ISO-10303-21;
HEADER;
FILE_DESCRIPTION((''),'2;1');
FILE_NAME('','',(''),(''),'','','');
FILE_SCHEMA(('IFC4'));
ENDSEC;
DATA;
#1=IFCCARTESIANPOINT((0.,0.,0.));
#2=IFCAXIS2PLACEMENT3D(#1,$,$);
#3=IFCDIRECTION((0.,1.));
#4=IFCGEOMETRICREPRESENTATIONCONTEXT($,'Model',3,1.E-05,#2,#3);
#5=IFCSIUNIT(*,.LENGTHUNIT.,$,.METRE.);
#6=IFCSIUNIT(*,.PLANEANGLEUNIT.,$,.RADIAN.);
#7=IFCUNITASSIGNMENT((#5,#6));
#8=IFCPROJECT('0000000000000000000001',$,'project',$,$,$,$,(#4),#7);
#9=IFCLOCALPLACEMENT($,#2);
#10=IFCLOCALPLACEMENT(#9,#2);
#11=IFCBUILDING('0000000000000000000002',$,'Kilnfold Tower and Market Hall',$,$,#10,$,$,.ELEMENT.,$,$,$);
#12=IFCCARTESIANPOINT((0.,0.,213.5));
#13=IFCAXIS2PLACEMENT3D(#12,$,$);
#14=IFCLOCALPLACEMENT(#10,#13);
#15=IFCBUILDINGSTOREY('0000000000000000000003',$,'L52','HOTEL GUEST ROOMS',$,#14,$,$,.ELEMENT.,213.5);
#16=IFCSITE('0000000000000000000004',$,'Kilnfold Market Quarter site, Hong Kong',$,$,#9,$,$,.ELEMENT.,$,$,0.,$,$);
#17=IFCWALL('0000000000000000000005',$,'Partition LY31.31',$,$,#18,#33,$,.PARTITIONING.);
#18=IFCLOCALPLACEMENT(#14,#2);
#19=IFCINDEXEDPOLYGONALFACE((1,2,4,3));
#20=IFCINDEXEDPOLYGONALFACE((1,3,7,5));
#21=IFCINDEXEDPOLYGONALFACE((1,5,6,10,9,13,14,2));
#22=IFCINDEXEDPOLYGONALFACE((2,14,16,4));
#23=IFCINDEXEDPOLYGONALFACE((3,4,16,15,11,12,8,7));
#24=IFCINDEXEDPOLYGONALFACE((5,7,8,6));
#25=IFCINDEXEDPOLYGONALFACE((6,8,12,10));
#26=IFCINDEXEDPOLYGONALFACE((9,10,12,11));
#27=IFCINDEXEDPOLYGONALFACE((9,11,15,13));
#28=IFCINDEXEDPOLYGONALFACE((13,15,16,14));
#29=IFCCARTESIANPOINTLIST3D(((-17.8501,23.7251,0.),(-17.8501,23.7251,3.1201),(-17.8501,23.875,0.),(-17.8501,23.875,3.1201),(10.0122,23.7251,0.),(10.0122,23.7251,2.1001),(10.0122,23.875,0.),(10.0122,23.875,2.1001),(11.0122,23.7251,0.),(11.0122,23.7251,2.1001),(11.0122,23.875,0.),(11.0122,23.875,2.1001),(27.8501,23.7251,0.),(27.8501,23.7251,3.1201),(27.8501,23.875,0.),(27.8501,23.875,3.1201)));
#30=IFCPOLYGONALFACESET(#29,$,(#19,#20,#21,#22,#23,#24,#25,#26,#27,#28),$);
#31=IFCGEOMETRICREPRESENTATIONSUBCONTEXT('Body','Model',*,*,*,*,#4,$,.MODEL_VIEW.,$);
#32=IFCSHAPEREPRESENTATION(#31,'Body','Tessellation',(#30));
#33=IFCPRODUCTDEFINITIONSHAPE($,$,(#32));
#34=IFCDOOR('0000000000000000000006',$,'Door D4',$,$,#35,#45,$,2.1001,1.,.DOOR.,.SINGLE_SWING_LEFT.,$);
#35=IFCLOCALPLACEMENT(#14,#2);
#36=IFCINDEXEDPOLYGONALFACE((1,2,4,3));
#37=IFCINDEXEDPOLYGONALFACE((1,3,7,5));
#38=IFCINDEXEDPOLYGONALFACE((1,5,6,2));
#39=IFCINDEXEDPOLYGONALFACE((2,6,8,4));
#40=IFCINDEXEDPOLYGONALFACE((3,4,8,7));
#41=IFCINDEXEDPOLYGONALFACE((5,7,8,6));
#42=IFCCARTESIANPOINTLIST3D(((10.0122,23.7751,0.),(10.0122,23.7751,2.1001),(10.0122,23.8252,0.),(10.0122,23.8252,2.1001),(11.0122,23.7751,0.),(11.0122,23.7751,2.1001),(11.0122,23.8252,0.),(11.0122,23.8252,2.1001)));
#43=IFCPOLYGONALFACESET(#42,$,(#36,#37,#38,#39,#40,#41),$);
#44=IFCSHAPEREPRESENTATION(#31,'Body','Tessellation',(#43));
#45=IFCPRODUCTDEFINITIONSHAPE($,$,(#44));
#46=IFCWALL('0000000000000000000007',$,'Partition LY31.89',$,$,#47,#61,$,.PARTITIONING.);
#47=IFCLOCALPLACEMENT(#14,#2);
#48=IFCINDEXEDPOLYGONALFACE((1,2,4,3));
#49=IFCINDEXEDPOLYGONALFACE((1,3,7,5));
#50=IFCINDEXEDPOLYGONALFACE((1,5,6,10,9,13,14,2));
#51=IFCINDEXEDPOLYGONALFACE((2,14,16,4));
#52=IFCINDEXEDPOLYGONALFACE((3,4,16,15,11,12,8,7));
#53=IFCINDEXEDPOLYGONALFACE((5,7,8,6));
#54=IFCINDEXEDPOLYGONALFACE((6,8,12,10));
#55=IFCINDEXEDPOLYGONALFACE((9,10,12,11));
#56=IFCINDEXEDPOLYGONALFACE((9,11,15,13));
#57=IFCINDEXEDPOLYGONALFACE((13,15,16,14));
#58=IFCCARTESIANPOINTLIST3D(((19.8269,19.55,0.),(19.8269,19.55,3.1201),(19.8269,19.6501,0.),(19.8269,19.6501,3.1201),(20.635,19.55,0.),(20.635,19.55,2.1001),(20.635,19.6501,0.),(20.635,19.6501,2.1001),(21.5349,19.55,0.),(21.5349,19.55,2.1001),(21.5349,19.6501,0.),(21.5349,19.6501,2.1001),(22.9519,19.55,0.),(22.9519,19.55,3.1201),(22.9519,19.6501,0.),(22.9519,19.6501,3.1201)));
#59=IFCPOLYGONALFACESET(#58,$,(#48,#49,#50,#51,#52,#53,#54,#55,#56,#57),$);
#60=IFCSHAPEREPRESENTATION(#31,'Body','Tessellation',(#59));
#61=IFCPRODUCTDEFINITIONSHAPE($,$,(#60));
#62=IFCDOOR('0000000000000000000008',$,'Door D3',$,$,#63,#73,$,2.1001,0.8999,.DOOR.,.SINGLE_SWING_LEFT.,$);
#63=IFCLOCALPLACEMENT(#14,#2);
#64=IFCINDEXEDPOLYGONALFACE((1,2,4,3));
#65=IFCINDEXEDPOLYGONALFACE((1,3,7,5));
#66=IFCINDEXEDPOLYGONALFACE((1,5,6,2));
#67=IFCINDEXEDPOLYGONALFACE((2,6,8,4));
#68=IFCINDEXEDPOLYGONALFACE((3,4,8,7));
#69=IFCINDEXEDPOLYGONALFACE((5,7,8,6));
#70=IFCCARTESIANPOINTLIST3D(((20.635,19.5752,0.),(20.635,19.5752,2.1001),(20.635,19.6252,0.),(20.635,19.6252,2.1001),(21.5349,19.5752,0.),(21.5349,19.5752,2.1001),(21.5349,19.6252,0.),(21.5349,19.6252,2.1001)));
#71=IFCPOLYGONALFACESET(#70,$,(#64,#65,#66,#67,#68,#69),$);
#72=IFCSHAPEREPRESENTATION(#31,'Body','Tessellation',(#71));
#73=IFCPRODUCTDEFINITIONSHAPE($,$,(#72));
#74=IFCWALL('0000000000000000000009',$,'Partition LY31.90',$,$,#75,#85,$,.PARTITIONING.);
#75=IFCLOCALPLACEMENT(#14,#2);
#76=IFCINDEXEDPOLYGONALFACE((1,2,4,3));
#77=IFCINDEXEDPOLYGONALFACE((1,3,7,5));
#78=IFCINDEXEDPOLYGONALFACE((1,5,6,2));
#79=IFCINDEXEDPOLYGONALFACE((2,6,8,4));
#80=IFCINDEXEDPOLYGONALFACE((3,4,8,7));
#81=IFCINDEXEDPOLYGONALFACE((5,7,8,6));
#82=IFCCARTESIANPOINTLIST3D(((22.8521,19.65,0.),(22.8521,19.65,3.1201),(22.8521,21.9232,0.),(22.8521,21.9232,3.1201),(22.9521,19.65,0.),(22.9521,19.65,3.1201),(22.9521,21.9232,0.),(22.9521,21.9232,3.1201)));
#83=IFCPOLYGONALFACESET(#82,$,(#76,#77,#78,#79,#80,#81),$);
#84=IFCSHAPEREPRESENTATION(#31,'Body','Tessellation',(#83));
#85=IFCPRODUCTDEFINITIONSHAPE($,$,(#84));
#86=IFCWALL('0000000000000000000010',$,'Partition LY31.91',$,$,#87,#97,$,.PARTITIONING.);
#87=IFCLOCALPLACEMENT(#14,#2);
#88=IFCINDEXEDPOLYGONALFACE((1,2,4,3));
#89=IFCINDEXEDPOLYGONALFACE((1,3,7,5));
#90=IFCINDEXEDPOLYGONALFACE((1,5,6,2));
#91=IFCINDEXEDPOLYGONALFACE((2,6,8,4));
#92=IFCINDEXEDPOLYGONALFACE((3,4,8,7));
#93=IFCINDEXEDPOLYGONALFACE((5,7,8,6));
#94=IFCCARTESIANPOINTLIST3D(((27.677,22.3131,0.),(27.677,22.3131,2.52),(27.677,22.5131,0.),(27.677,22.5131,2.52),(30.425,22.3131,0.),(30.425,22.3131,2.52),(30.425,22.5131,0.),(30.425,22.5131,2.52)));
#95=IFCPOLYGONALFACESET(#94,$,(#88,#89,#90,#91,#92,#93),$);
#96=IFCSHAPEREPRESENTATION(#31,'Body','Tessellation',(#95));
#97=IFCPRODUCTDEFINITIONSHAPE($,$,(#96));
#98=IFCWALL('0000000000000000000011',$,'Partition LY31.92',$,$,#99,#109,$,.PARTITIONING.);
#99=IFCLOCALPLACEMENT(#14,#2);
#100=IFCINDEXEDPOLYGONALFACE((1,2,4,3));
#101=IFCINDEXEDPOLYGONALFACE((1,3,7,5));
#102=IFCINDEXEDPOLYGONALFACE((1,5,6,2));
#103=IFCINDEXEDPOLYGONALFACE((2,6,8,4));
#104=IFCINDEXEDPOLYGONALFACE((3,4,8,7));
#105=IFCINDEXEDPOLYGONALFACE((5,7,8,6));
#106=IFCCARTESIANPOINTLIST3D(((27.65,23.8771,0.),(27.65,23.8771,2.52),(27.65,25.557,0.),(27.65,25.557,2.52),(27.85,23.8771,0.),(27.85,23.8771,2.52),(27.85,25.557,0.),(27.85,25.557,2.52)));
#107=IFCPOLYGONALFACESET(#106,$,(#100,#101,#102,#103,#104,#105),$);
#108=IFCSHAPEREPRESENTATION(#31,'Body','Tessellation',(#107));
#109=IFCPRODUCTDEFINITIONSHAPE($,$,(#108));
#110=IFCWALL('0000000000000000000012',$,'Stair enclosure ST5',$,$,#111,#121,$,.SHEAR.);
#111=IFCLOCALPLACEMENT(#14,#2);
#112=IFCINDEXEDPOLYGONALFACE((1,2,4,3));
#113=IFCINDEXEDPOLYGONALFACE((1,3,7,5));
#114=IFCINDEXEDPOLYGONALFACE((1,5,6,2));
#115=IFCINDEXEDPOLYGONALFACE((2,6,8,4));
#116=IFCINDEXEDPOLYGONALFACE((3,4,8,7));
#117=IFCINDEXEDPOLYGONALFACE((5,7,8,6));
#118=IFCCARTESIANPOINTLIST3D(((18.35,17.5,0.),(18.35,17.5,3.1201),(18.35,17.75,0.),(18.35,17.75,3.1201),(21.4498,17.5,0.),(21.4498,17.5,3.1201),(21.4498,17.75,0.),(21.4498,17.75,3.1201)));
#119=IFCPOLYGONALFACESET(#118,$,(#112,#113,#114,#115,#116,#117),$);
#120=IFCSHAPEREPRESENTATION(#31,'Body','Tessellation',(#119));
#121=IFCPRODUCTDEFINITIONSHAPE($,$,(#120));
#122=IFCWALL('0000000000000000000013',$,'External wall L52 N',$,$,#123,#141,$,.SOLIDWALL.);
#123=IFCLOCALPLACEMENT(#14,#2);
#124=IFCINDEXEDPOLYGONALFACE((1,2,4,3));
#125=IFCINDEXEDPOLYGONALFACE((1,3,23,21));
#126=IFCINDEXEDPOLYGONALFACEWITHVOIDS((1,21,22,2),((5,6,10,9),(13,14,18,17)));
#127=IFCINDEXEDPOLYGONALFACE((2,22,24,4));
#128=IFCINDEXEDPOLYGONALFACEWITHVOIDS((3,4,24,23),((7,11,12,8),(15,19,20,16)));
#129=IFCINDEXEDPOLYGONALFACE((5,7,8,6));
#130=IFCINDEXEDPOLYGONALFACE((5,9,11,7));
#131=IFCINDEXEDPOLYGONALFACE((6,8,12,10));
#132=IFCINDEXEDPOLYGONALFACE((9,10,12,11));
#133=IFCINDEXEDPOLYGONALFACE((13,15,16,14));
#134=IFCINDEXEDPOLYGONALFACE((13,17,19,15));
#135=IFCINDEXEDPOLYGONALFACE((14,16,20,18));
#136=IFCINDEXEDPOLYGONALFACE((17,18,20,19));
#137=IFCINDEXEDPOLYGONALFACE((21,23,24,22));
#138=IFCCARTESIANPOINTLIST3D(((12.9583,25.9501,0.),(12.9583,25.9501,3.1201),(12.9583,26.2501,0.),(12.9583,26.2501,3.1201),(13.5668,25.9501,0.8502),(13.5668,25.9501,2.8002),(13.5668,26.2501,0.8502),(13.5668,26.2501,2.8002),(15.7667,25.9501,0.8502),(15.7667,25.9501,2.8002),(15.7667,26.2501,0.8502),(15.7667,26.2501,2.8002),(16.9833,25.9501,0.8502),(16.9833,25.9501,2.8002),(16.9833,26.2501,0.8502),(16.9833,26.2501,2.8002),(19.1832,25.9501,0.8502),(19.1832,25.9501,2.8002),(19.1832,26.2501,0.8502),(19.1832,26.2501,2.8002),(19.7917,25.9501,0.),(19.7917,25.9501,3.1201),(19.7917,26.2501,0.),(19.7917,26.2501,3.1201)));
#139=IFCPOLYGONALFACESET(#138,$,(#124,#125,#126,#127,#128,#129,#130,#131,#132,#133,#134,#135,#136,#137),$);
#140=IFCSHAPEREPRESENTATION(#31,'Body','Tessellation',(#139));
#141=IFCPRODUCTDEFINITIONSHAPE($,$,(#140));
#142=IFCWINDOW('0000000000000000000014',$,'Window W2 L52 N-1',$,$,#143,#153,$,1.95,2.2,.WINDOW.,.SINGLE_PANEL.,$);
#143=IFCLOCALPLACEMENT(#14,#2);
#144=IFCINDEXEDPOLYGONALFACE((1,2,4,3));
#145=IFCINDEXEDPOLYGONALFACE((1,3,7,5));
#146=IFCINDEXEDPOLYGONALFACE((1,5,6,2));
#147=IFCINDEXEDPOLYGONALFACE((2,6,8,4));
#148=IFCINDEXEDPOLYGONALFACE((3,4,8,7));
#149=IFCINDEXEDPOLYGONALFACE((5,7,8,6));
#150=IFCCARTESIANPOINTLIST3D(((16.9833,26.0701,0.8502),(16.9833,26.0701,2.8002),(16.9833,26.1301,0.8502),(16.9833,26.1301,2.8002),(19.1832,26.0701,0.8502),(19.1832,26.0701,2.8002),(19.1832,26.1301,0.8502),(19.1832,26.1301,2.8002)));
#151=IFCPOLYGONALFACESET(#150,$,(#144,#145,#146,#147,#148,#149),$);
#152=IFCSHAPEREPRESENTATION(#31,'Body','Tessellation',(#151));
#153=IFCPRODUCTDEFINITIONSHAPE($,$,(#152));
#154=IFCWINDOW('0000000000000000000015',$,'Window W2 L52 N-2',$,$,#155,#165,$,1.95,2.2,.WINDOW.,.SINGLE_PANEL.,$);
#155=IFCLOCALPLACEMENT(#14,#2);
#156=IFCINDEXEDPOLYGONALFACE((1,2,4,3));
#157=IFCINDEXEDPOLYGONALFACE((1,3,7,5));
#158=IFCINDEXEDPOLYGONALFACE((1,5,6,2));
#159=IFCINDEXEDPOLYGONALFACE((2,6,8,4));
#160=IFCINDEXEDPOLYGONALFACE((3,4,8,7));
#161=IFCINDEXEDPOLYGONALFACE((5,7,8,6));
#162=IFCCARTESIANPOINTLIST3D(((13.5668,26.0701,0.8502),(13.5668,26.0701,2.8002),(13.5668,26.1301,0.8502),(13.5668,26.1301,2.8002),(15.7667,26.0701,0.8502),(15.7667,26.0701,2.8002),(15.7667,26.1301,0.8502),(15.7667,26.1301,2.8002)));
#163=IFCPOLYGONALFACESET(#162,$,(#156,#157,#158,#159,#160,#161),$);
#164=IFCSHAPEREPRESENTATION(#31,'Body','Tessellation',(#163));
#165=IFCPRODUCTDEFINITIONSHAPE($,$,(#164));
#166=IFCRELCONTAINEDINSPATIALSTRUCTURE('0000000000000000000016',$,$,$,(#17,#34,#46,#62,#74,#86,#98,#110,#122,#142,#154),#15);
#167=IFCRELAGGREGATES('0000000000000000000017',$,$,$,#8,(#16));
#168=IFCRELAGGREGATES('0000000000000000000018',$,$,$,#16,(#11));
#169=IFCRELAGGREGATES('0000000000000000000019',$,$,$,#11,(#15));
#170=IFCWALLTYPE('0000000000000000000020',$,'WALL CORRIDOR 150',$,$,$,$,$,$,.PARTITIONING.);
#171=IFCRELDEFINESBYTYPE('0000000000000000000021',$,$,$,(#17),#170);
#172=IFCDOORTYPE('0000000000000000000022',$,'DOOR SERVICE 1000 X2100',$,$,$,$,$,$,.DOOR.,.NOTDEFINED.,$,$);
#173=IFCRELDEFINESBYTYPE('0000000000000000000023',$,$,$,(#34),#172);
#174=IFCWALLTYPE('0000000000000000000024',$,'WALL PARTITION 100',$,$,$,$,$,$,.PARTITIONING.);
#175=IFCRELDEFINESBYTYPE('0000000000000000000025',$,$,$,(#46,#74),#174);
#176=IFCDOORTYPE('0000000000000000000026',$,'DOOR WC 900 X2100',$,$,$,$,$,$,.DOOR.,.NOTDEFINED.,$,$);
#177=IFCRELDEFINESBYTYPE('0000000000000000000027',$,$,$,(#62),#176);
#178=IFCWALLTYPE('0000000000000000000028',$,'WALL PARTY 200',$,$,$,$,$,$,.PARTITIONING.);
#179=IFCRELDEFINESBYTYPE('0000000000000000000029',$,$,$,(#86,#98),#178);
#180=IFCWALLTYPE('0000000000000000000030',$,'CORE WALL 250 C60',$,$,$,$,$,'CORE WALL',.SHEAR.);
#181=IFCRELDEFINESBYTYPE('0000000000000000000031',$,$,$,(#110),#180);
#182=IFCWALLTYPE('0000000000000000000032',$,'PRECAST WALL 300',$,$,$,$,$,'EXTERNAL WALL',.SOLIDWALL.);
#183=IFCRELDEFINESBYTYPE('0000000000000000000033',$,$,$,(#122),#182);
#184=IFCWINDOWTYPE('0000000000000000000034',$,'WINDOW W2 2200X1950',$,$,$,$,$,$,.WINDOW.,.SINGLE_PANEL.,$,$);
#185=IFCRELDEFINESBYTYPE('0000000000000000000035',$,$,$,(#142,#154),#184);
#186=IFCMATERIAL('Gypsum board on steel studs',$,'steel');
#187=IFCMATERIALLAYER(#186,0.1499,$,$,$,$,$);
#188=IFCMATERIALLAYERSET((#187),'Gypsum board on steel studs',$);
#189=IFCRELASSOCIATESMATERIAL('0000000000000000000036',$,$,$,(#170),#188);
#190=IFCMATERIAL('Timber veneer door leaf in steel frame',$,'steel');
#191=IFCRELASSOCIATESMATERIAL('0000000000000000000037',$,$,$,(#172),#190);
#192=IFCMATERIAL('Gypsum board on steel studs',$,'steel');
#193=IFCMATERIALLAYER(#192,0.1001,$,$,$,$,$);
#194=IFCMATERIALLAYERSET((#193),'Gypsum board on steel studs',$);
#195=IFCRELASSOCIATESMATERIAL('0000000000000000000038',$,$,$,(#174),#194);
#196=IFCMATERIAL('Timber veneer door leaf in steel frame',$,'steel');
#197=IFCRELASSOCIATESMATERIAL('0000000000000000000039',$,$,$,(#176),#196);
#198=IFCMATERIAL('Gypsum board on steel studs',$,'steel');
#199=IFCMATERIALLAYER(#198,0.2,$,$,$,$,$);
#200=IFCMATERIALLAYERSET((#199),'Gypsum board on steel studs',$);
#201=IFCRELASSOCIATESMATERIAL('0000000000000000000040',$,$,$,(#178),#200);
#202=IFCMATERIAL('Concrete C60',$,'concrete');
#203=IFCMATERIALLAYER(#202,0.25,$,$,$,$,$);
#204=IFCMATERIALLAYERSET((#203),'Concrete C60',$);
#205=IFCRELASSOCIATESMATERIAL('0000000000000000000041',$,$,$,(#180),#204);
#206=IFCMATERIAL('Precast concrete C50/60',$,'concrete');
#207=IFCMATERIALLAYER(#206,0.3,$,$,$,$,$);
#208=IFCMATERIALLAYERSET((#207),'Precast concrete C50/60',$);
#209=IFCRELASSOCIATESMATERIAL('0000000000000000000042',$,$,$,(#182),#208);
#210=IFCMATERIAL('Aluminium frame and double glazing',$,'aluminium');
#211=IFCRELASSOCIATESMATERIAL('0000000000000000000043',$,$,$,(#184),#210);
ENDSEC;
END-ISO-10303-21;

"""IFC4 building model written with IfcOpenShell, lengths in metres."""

from ifc_helpers import new_model, si_unit, direction, frame, frame_2d, origin, place, context, subcontext, project, spatial, rectangle, extrude, source, transform, mapped, material, layer, layer_set, type_object, element, fill, save


model = new_model("IFC4")

# Units and contexts
model_context = context("Model", 3, precision=1e-05, world=origin(), true_north=direction((0.0, 1.0)))
body_context = subcontext(model_context, "Body", "Model", "MODEL_VIEW")
ifc_project = project(units=[si_unit("LENGTHUNIT", "METRE"), si_unit("PLANEANGLEUNIT", "RADIAN")], contexts=[model_context])

# Site, building, storey
site_placement = place(None, origin())
site = spatial("IfcSite", under=ifc_project, at=site_placement, Name="Kilnfold Market Quarter site, Hong Kong", CompositionType="ELEMENT", RefElevation=0.0)
building_placement = place(site_placement, origin())
building = spatial("IfcBuilding", under=site, at=building_placement, Name="Kilnfold Tower and Market Hall", CompositionType="ELEMENT")
storey_placement = place(building_placement, frame((0.0, 0.0, 213.5)))
storey = spatial("IfcBuildingStorey", under=building, at=storey_placement, Name="L52", Description="HOTEL GUEST ROOMS", CompositionType="ELEMENT", Elevation=213.5)

# Shared definitions
ifc_material_1 = material(Name="Gypsum board on steel studs", Category="steel")
ifc_layer_1 = layer(ifc_material_1, 0.1499)
ifc_layer_set_1 = layer_set([ifc_layer_1], Name="Gypsum board on steel studs")
wall_type_1 = type_object("IfcWallType", Name="WALL CORRIDOR 150", PredefinedType="PARTITIONING", material=ifc_layer_set_1)

# Walls, openings, doors
wall_1_placement = place(storey_placement, frame((27.8501, 23.8, 0.0), z_axis=(0.0, 0.0, 1.0), x_axis=(-1.0, 0.0, 0.0)))
wall_1 = element("IfcWall", 1, at=wall_1_placement, inside=storey, type_object=wall_type_1, Name="Partition LY31.31", PredefinedType="PARTITIONING", context=body_context, shape_type="SweptSolid", body=[
    extrude(rectangle(XDim=45.7002, YDim=0.1499, at=frame_2d((22.8501, 0.0))), origin(), (0.0, 0.0, 1.0), 3.1201),
])
opening_1_placement = place(wall_1_placement, frame((16.8379, 0.0, 0.0)))
opening_1 = element("IfcOpeningElement", 2, at=opening_1_placement, cuts=wall_1, PredefinedType="OPENING", context=body_context, shape_type="SweptSolid", body=[
    extrude(rectangle(XDim=1.0, YDim=2.1001, at=frame_2d((0.5, 1.05))), frame((0.0, 0.085, 0.0), z_axis=(0.0, -1.0, 0.0), x_axis=(1.0, 0.0, 0.0)), (0.0, 0.0, 1.0), 0.1699),
])
ifc_material_2 = material(Name="Timber veneer door leaf in steel frame", Category="steel")
door_type_1 = type_object("IfcDoorType", Name="DOOR SERVICE 1000 X2100", OperationType="NOTDEFINED", PredefinedType="DOOR", material=ifc_material_2)
door_1_placement = place(opening_1_placement, origin())
door_1 = element("IfcDoor", 3, at=door_1_placement, inside=storey, type_object=door_type_1, Name="Door D4", OperationType="SINGLE_SWING_LEFT", OverallHeight=2.1001, OverallWidth=1.0, PredefinedType="DOOR", context=body_context, shape_type="SweptSolid", body=[
    extrude(rectangle(XDim=1.0, YDim=2.1001, at=frame_2d((0.5, 1.05))), frame((0.0, 0.0249, 0.0), z_axis=(0.0, -1.0, 0.0), x_axis=(1.0, 0.0, 0.0)), (0.0, 0.0, 1.0), 0.05),
])
fill(opening_1, door_1)
ifc_material_3 = material(Name="Gypsum board on steel studs", Category="steel")
ifc_layer_2 = layer(ifc_material_3, 0.1001)
ifc_layer_set_2 = layer_set([ifc_layer_2], Name="Gypsum board on steel studs")
wall_type_2 = type_object("IfcWallType", Name="WALL PARTITION 100", PredefinedType="PARTITIONING", material=ifc_layer_set_2)
wall_2_placement = place(storey_placement, frame((22.9519, 19.6001, 0.0), z_axis=(0.0, 0.0, 1.0), x_axis=(-1.0, 0.0, 0.0)))
wall_2 = element("IfcWall", 4, at=wall_2_placement, inside=storey, type_object=wall_type_2, Name="Partition LY31.89", PredefinedType="PARTITIONING", context=body_context, shape_type="SweptSolid", body=[
    extrude(rectangle(XDim=3.125, YDim=0.1001, at=frame_2d((1.5625, 0.0))), origin(), (0.0, 0.0, 1.0), 3.1201),
])
opening_2_placement = place(wall_2_placement, frame((1.417, 0.0, 0.0)))
opening_2 = element("IfcOpeningElement", 5, at=opening_2_placement, cuts=wall_2, PredefinedType="OPENING", context=body_context, shape_type="SweptSolid", body=[
    extrude(rectangle(XDim=0.8999, YDim=2.1001, at=frame_2d((0.45, 1.05))), frame((0.0, 0.0601, 0.0), z_axis=(0.0, -1.0, 0.0), x_axis=(1.0, 0.0, 0.0)), (0.0, 0.0, 1.0), 0.1201),
])
ifc_material_4 = material(Name="Timber veneer door leaf in steel frame", Category="steel")
door_type_2 = type_object("IfcDoorType", Name="DOOR WC 900 X2100", OperationType="NOTDEFINED", PredefinedType="DOOR", material=ifc_material_4)
door_2_placement = place(opening_2_placement, origin())
door_2 = element("IfcDoor", 6, at=door_2_placement, inside=storey, type_object=door_type_2, Name="Door D3", OperationType="SINGLE_SWING_LEFT", OverallHeight=2.1001, OverallWidth=0.8999, PredefinedType="DOOR", context=body_context, shape_type="SweptSolid", body=[
    extrude(rectangle(XDim=0.8999, YDim=2.1001, at=frame_2d((0.45, 1.05))), frame((0.0, 0.0249, 0.0), z_axis=(0.0, -1.0, 0.0), x_axis=(1.0, 0.0, 0.0)), (0.0, 0.0, 1.0), 0.05),
])
fill(opening_2, door_2)

# Walls
wall_3_placement = place(storey_placement, frame((22.9021, 19.6499, 0.0), z_axis=(0.0, 0.0, 1.0), x_axis=(0.0, 1.0, 0.0)))
element("IfcWall", 7, at=wall_3_placement, inside=storey, type_object=wall_type_2, Name="Partition LY31.90", PredefinedType="PARTITIONING", context=body_context, shape_type="SweptSolid", body=[
    extrude(rectangle(XDim=2.2732, YDim=0.1001, at=frame_2d((1.1367, 0.0))), origin(), (0.0, 0.0, 1.0), 3.1201),
])
ifc_material_5 = material(Name="Gypsum board on steel studs", Category="steel")
ifc_layer_3 = layer(ifc_material_5, 0.2)
ifc_layer_set_3 = layer_set([ifc_layer_3], Name="Gypsum board on steel studs")
wall_type_3 = type_object("IfcWallType", Name="WALL PARTY 200", PredefinedType="PARTITIONING", material=ifc_layer_set_3)
wall_4_placement = place(storey_placement, frame((30.425, 22.4131, 0.0), z_axis=(0.0, 0.0, 1.0), x_axis=(-1.0, 0.0, 0.0)))
element("IfcWall", 8, at=wall_4_placement, inside=storey, type_object=wall_type_3, Name="Partition LY31.91", PredefinedType="PARTITIONING", context=body_context, shape_type="SweptSolid", body=[
    extrude(rectangle(XDim=2.748, YDim=0.2, at=frame_2d((1.374, 0.0))), origin(), (0.0, 0.0, 1.0), 2.52),
])
wall_5_placement = place(storey_placement, frame((27.75, 25.5569, 0.0), z_axis=(0.0, 0.0, 1.0), x_axis=(0.0, -1.0, 0.0)))
element("IfcWall", 9, at=wall_5_placement, inside=storey, type_object=wall_type_3, Name="Partition LY31.92", PredefinedType="PARTITIONING", context=body_context, shape_type="SweptSolid", body=[
    extrude(rectangle(XDim=1.6799, YDim=0.2, at=frame_2d((0.8398, 0.0))), origin(), (0.0, 0.0, 1.0), 2.52),
])
ifc_material_6 = material(Name="Concrete C60", Category="concrete")
ifc_layer_4 = layer(ifc_material_6, 0.25)
ifc_layer_set_4 = layer_set([ifc_layer_4], Name="Concrete C60")
wall_type_4 = type_object("IfcWallType", Name="CORE WALL 250 C60", ElementType="CORE WALL", PredefinedType="SHEAR", material=ifc_layer_set_4)
shared_shape_1 = source(origin(), body_context, "Body", "SweptSolid", [
    extrude(rectangle(XDim=3.0999, YDim=0.25, at=frame_2d((1.5498, 0.0))), origin(), (0.0, 0.0, 1.0), 3.1201),
])
wall_6_placement = place(storey_placement, frame((18.3501, 17.625, 0.0), z_axis=(0.0, 0.0, 1.0), x_axis=(1.0, 0.0, 0.0)))
element("IfcWall", 10, at=wall_6_placement, inside=storey, type_object=wall_type_4, Name="Stair enclosure ST5", PredefinedType="SHEAR", context=body_context, shape_type="MappedRepresentation", body=[
    mapped(shared_shape_1, transform((0.0, 0.0, 0.0))),
])

# Wall, openings, windows
ifc_material_7 = material(Name="Precast concrete C50/60", Category="concrete")
ifc_layer_5 = layer(ifc_material_7, 0.3)
ifc_layer_set_5 = layer_set([ifc_layer_5], Name="Precast concrete C50/60")
wall_type_5 = type_object("IfcWallType", Name="PRECAST WALL 300", ElementType="EXTERNAL WALL", PredefinedType="SOLIDWALL", material=ifc_layer_set_5)
shared_shape_2 = source(origin(), body_context, "Body", "SweptSolid", [
    extrude(rectangle(XDim=6.8335, YDim=0.3, at=frame_2d((3.4167, 0.0))), origin(), (0.0, 0.0, 1.0), 3.1201),
])
wall_7_placement = place(storey_placement, frame((19.7917, 26.1001, 0.0), z_axis=(0.0, 0.0, 1.0), x_axis=(-1.0, 0.0, 0.0)))
wall_7 = element("IfcWall", 11, at=wall_7_placement, inside=storey, type_object=wall_type_5, Name="External wall L52 N", PredefinedType="SOLIDWALL", context=body_context, shape_type="MappedRepresentation", body=[
    mapped(shared_shape_2, transform((0.0, 0.0, 0.0))),
])
opening_3_placement = place(wall_7_placement, frame((0.6084, 0.0, 0.8501)))
opening_3 = element("IfcOpeningElement", 12, at=opening_3_placement, cuts=wall_7, PredefinedType="OPENING", context=body_context, shape_type="SweptSolid", body=[
    extrude(rectangle(XDim=2.2, YDim=1.95, at=frame_2d((1.1001, 0.9751))), frame((0.0, 0.1602, 0.0), z_axis=(0.0, -1.0, 0.0), x_axis=(1.0, 0.0, 0.0)), (0.0, 0.0, 1.0), 0.3201),
])
opening_4_placement = place(wall_7_placement, frame((4.0249, 0.0, 0.8501)))
opening_4 = element("IfcOpeningElement", 13, at=opening_4_placement, cuts=wall_7, PredefinedType="OPENING", context=body_context, shape_type="SweptSolid", body=[
    extrude(rectangle(XDim=2.2, YDim=1.95, at=frame_2d((1.1001, 0.9751))), frame((0.0, 0.1602, 0.0), z_axis=(0.0, -1.0, 0.0), x_axis=(1.0, 0.0, 0.0)), (0.0, 0.0, 1.0), 0.3201),
])
ifc_material_8 = material(Name="Aluminium frame and double glazing", Category="aluminium")
window_type = type_object("IfcWindowType", Name="WINDOW W2 2200X1950", PartitioningType="SINGLE_PANEL", PredefinedType="WINDOW", material=ifc_material_8)
window_1_placement = place(opening_3_placement, origin())
window_1 = element("IfcWindow", 14, at=window_1_placement, inside=storey, type_object=window_type, Name="Window W2 L52 N-1", OverallHeight=1.95, OverallWidth=2.2, PartitioningType="SINGLE_PANEL", PredefinedType="WINDOW", context=body_context, shape_type="SweptSolid", body=[
    extrude(rectangle(XDim=2.2, YDim=1.95, at=frame_2d((1.1001, 0.9751))), frame((0.0, 0.03, 0.0), z_axis=(0.0, -1.0, 0.0), x_axis=(1.0, 0.0, 0.0)), (0.0, 0.0, 1.0), 0.0601),
])
fill(opening_3, window_1)
window_2_placement = place(opening_4_placement, origin())
window_2 = element("IfcWindow", 15, at=window_2_placement, inside=storey, type_object=window_type, Name="Window W2 L52 N-2", OverallHeight=1.95, OverallWidth=2.2, PartitioningType="SINGLE_PANEL", PredefinedType="WINDOW", context=body_context, shape_type="SweptSolid", body=[
    extrude(rectangle(XDim=2.2, YDim=1.95, at=frame_2d((1.1001, 0.9751))), frame((0.0, 0.03, 0.0), z_axis=(0.0, -1.0, 0.0), x_axis=(1.0, 0.0, 0.0)), (0.0, 0.0, 1.0), 0.0601),
])
fill(opening_4, window_2)

save(model, "model.ifc")
